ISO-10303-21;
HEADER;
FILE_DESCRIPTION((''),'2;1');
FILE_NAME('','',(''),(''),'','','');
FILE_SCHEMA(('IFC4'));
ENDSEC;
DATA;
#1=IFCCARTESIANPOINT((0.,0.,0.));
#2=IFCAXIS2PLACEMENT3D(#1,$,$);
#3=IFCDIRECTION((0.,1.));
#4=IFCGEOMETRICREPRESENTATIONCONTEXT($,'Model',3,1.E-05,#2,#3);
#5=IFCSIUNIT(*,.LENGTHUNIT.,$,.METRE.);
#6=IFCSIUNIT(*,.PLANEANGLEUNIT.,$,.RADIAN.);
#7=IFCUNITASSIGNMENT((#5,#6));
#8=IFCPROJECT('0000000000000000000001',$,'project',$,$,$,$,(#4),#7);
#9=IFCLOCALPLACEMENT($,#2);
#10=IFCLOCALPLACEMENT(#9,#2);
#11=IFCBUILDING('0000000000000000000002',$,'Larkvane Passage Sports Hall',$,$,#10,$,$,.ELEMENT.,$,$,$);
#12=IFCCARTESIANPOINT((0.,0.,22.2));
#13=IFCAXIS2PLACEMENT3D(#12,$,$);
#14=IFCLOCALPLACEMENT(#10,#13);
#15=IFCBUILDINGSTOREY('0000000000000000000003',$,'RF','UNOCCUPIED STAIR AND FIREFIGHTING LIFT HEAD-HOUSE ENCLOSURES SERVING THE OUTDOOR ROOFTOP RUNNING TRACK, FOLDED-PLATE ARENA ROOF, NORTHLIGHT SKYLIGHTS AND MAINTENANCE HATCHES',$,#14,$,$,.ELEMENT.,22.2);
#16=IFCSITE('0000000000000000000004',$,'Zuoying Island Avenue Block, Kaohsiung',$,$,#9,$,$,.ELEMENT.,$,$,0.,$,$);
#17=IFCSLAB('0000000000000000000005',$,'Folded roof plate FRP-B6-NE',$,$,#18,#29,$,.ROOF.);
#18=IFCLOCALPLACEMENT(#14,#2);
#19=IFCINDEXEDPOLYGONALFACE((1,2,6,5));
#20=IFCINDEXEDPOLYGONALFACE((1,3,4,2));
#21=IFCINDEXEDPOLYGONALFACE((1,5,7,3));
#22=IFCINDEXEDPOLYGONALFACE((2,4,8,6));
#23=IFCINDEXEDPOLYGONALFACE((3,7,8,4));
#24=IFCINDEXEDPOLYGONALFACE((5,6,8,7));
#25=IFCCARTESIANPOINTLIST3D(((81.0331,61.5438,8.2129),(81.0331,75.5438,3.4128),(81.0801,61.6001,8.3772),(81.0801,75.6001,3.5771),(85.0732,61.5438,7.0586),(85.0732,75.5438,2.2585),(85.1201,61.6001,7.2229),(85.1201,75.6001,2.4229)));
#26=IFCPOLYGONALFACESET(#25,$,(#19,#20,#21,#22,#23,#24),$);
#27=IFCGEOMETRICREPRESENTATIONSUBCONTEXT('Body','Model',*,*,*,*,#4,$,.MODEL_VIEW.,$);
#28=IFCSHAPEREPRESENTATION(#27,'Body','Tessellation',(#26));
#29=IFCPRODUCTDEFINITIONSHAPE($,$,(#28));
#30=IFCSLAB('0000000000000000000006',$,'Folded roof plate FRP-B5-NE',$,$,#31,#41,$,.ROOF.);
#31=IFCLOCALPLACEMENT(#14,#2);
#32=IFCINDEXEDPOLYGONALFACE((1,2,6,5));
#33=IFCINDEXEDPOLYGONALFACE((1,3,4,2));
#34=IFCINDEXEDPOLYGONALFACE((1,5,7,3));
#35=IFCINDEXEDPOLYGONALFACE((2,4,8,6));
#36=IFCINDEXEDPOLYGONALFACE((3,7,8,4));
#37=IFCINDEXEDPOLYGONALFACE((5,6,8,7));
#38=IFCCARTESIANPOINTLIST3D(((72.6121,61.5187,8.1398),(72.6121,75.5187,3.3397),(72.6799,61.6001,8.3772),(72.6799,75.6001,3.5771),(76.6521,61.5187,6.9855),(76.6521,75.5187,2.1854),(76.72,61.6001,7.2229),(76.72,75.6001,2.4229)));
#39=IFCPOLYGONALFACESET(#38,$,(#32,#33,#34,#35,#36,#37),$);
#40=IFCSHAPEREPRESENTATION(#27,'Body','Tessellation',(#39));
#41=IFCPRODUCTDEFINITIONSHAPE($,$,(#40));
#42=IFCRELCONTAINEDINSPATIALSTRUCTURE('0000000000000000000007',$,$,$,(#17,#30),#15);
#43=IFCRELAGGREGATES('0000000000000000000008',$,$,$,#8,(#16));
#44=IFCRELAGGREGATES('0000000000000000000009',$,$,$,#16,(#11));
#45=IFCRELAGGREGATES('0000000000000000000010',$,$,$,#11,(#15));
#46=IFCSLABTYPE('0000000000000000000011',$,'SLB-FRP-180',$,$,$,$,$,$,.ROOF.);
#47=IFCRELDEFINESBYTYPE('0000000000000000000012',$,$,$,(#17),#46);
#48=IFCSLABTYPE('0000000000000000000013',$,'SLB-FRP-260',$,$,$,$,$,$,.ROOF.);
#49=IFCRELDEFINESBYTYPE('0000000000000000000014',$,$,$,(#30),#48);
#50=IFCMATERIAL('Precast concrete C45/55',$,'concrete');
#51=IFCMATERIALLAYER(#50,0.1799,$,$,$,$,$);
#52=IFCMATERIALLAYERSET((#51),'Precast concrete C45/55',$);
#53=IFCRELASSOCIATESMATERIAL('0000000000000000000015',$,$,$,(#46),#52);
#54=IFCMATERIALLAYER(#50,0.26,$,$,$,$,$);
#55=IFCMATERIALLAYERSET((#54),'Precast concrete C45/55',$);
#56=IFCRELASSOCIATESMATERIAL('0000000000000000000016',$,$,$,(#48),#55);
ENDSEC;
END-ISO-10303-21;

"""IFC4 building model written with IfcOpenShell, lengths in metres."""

from ifc_helpers import new_model, si_unit, direction, frame, origin, place, context, subcontext, project, spatial, polyline, outline, extrude, material, layer, layer_set, type_object, element, save


model = new_model("IFC4")

# Units and contexts
model_context = context("Model", 3, precision=1e-05, world=origin(), true_north=direction((0.0, 1.0)))
body_context = subcontext(model_context, "Body", "Model", "MODEL_VIEW")
ifc_project = project(units=[si_unit("LENGTHUNIT", "METRE"), si_unit("PLANEANGLEUNIT", "RADIAN")], contexts=[model_context])

# Site, building, storey
site_placement = place(None, origin())
site = spatial("IfcSite", under=ifc_project, at=site_placement, Name="Zuoying Island Avenue Block, Kaohsiung", CompositionType="ELEMENT", RefElevation=0.0)
building_placement = place(site_placement, origin())
building = spatial("IfcBuilding", under=site, at=building_placement, Name="Larkvane Passage Sports Hall", CompositionType="ELEMENT")
storey_placement = place(building_placement, frame((0.0, 0.0, 22.2)))
storey = spatial("IfcBuildingStorey", under=building, at=storey_placement, Name="RF", Description="UNOCCUPIED STAIR AND FIREFIGHTING LIFT HEAD-HOUSE ENCLOSURES SERVING THE OUTDOOR ROOFTOP RUNNING TRACK, FOLDED-PLATE ARENA ROOF, NORTHLIGHT SKYLIGHTS AND MAINTENANCE HATCHES", CompositionType="ELEMENT", Elevation=22.2)

# Slabs
ifc_material_1 = material(Name="Precast concrete C45/55", Category="concrete")
ifc_layer_1 = layer(ifc_material_1, 0.1799)
ifc_layer_set_1 = layer_set([ifc_layer_1], Name="Precast concrete C45/55")
slab_type_1 = type_object("IfcSlabType", Name="SLB-FRP-180", PredefinedType="ROOF", material=ifc_layer_set_1)
slab_1_placement = place(storey_placement, frame((81.0801, 61.6001, 8.3772), z_axis=(0.260909, 0.313094, 0.913181), x_axis=(0.961524, 0.0, -0.274721)))
element("IfcSlab", 1, at=slab_1_placement, inside=storey, type_object=slab_type_1, Name="Folded roof plate FRP-B6-NE", PredefinedType="ROOF", context=body_context, shape_type="SweptSolid", body=[
    extrude(outline(polyline([(0.0, 0.0), (4.2017, 0.0), (5.5204, 14.7412), (1.3187, 14.7412), (0.0, 0.0)])), origin(), (0.0, 0.0, -1.0), 0.1799),
])
ifc_layer_2 = layer(ifc_material_1, 0.26)
ifc_layer_set_2 = layer_set([ifc_layer_2], Name="Precast concrete C45/55")
slab_type_2 = type_object("IfcSlabType", Name="SLB-FRP-260", PredefinedType="ROOF", material=ifc_layer_set_2)
slab_2_placement = place(storey_placement, frame((72.6799, 61.6001, 8.3772), z_axis=(0.260909, 0.313094, 0.913181), x_axis=(0.961524, 0.0, -0.274721)))
element("IfcSlab", 2, at=slab_2_placement, inside=storey, type_object=slab_type_2, Name="Folded roof plate FRP-B5-NE", PredefinedType="ROOF", context=body_context, shape_type="SweptSolid", body=[
    extrude(outline(polyline([(0.0, 0.0), (4.2017, 0.0), (5.5204, 14.7412), (1.3187, 14.7412), (0.0, 0.0)])), origin(), (0.0, 0.0, -1.0), 0.26),
])

save(model, "model.ifc")
